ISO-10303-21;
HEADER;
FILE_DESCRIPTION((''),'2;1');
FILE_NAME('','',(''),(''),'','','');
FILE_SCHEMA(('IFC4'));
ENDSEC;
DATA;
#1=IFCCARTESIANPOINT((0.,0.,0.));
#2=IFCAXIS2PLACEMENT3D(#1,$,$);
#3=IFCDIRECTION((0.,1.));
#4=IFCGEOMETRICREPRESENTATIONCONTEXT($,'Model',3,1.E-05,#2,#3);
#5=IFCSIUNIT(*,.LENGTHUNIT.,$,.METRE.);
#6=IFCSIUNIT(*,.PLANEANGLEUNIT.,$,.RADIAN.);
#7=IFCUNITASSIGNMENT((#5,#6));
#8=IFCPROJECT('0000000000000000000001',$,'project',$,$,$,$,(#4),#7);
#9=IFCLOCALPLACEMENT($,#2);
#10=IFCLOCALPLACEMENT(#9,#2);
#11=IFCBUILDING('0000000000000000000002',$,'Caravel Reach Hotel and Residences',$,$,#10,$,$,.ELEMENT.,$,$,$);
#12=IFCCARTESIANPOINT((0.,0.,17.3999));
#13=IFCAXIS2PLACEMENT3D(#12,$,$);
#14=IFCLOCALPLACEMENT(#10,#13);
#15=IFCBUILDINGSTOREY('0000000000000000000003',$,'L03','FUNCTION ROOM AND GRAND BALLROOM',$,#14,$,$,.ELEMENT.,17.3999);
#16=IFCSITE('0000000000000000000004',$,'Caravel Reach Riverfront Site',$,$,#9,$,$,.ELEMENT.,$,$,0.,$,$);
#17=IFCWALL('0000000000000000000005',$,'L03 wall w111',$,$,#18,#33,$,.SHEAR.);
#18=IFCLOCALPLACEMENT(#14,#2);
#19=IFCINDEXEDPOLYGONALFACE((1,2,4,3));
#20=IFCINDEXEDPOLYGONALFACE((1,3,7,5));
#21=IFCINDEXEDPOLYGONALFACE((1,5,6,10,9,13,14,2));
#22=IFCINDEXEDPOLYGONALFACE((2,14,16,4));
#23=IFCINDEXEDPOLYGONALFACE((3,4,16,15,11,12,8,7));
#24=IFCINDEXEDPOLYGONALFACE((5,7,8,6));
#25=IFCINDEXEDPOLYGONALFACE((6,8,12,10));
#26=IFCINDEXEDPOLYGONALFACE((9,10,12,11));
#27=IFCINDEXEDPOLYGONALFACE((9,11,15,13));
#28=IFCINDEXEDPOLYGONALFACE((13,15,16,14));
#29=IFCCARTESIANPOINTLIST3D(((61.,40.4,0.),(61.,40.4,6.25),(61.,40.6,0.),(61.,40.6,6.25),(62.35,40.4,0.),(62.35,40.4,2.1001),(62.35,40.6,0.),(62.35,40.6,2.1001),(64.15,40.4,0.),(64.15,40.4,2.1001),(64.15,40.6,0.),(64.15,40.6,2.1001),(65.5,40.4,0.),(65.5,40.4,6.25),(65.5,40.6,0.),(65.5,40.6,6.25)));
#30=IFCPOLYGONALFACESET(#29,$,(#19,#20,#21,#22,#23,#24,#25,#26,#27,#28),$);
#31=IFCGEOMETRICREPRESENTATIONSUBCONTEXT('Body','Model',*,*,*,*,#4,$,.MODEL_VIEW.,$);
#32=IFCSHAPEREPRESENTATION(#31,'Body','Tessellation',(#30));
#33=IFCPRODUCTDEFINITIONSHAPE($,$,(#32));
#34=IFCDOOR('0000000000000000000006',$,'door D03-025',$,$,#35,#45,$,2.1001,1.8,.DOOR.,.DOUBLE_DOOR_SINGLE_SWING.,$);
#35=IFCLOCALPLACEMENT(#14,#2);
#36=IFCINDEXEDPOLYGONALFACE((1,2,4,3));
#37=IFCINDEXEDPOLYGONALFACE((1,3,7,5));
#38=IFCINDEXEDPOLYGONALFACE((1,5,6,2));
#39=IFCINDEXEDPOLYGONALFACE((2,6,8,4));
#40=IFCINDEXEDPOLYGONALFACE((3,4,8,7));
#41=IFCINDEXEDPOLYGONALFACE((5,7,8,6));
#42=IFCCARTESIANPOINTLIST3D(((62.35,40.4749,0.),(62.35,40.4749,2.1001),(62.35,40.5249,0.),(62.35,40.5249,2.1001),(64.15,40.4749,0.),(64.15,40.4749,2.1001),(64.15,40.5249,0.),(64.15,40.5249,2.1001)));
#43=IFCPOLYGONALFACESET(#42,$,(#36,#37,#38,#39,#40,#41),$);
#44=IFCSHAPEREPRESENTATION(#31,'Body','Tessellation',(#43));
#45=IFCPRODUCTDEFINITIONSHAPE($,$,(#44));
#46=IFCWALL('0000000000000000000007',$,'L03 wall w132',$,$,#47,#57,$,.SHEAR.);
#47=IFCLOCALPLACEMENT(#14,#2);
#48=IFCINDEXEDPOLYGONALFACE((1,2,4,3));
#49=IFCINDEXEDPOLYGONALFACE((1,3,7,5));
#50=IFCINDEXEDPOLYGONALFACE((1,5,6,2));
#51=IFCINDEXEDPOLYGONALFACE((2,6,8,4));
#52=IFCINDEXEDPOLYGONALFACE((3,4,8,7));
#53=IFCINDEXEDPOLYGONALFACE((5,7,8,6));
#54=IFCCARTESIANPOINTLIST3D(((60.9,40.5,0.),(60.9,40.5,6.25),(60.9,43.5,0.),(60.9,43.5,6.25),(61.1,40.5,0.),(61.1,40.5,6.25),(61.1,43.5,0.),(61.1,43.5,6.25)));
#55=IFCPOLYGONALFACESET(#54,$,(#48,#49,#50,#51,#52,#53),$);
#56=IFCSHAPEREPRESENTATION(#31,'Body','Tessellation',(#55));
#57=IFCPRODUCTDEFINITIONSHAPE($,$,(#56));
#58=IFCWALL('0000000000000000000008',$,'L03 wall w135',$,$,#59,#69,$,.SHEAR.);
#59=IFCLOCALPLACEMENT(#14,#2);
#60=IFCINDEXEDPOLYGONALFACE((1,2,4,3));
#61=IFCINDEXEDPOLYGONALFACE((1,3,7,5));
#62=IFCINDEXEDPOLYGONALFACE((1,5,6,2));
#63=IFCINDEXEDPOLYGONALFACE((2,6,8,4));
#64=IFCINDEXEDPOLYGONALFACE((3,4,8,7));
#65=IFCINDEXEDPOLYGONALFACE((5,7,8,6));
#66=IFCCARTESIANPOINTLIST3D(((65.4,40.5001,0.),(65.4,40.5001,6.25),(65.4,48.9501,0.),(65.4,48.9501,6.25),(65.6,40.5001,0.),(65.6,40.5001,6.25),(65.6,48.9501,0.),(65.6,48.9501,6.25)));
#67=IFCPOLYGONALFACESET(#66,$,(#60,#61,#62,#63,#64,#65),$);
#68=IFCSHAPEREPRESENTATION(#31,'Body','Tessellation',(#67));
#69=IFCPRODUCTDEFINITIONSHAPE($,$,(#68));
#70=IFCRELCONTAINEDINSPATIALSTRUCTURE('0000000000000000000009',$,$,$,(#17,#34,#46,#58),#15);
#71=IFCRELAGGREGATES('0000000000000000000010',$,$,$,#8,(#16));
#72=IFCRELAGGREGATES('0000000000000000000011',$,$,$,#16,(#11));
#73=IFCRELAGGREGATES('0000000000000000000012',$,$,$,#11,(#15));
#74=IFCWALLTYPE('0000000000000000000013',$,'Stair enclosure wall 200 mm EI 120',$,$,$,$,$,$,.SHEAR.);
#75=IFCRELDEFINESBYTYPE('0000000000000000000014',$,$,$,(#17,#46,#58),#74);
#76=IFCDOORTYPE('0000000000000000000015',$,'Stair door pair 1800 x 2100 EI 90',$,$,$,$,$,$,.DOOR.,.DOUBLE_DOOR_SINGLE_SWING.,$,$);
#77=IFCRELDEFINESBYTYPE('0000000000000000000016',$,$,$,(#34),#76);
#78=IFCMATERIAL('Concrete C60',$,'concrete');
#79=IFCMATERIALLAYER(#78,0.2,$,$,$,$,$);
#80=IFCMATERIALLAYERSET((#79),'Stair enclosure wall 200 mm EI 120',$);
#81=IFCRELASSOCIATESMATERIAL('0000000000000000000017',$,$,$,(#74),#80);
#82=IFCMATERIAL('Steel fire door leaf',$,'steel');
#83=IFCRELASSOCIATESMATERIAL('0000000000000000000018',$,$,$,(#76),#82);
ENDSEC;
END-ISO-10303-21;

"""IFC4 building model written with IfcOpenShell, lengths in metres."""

from ifc_helpers import new_model, si_unit, direction, frame, frame_2d, origin, place, context, subcontext, project, spatial, rectangle, extrude, material, layer, layer_set, type_object, element, fill, save


model = new_model("IFC4")

# Units and contexts
model_context = context("Model", 3, precision=1e-05, world=origin(), true_north=direction((0.0, 1.0)))
body_context = subcontext(model_context, "Body", "Model", "MODEL_VIEW")
ifc_project = project(units=[si_unit("LENGTHUNIT", "METRE"), si_unit("PLANEANGLEUNIT", "RADIAN")], contexts=[model_context])

# Site, building, storey
site_placement = place(None, origin())
site = spatial("IfcSite", under=ifc_project, at=site_placement, Name="Caravel Reach Riverfront Site", CompositionType="ELEMENT", RefElevation=0.0)
building_placement = place(site_placement, origin())
building = spatial("IfcBuilding", under=site, at=building_placement, Name="Caravel Reach Hotel and Residences", CompositionType="ELEMENT")
storey_placement = place(building_placement, frame((0.0, 0.0, 17.3999)))
storey = spatial("IfcBuildingStorey", under=building, at=storey_placement, Name="L03", Description="FUNCTION ROOM AND GRAND BALLROOM", CompositionType="ELEMENT", Elevation=17.3999)

# Wall, opening, door
ifc_material_1 = material(Name="Concrete C60", Category="concrete")
ifc_layer_1 = layer(ifc_material_1, 0.2)
ifc_layer_set_1 = layer_set([ifc_layer_1], Name="Stair enclosure wall 200 mm EI 120")
wall_type_1 = type_object("IfcWallType", Name="Stair enclosure wall 200 mm EI 120", PredefinedType="SHEAR", material=ifc_layer_set_1)
wall_1_placement = place(storey_placement, frame((61.0, 40.5, 0.0), z_axis=(0.0, 0.0, 1.0), x_axis=(1.0, 0.0, 0.0)))
wall_1 = element("IfcWall", 1, at=wall_1_placement, inside=storey, type_object=wall_type_1, Name="L03 wall w111", PredefinedType="SHEAR", context=body_context, shape_type="SweptSolid", body=[
    extrude(rectangle(XDim=4.5, YDim=0.2, at=frame_2d((2.25, 0.0))), origin(), (0.0, 0.0, 1.0), 6.25),
])
opening_1_placement = place(wall_1_placement, frame((1.3501, 0.0, 0.0)))
opening_1 = element("IfcOpeningElement", 2, at=opening_1_placement, cuts=wall_1, PredefinedType="OPENING", context=body_context, shape_type="SweptSolid", body=[
    extrude(rectangle(XDim=1.8, YDim=2.1001, at=frame_2d((0.8999, 1.05))), frame((0.0, 0.1099, 0.0), z_axis=(0.0, -1.0, 0.0), x_axis=(1.0, 0.0, 0.0)), (0.0, 0.0, 1.0), 0.22),
])
ifc_material_2 = material(Name="Steel fire door leaf", Category="steel")
door_type_1 = type_object("IfcDoorType", Name="Stair door pair 1800 x 2100 EI 90", OperationType="DOUBLE_DOOR_SINGLE_SWING", PredefinedType="DOOR", material=ifc_material_2)
door_1_placement = place(opening_1_placement, origin())
door_1 = element("IfcDoor", 3, at=door_1_placement, inside=storey, type_object=door_type_1, Name="door D03-025", OperationType="DOUBLE_DOOR_SINGLE_SWING", OverallHeight=2.1001, OverallWidth=1.8, PredefinedType="DOOR", context=body_context, shape_type="SweptSolid", body=[
    extrude(rectangle(XDim=1.8, YDim=2.1001, at=frame_2d((0.8999, 1.05))), frame((0.0, 0.0249, 0.0), z_axis=(0.0, -1.0, 0.0), x_axis=(1.0, 0.0, 0.0)), (0.0, 0.0, 1.0), 0.05),
])
fill(opening_1, door_1)

# Walls
wall_2_placement = place(storey_placement, frame((61.0, 40.5, 0.0), z_axis=(0.0, 0.0, 1.0), x_axis=(0.0, 1.0, 0.0)))
element("IfcWall", 4, at=wall_2_placement, inside=storey, type_object=wall_type_1, Name="L03 wall w132", PredefinedType="SHEAR", context=body_context, shape_type="SweptSolid", body=[
    extrude(rectangle(XDim=3.0, YDim=0.2, at=frame_2d((1.5, 0.0))), origin(), (0.0, 0.0, 1.0), 6.25),
])
wall_3_placement = place(storey_placement, frame((65.5, 40.5, 0.0), z_axis=(0.0, 0.0, 1.0), x_axis=(0.0, 1.0, 0.0)))
element("IfcWall", 5, at=wall_3_placement, inside=storey, type_object=wall_type_1, Name="L03 wall w135", PredefinedType="SHEAR", context=body_context, shape_type="SweptSolid", body=[
    extrude(rectangle(XDim=8.45, YDim=0.2, at=frame_2d((4.2251, 0.0))), origin(), (0.0, 0.0, 1.0), 6.25),
])

save(model, "model.ifc")
